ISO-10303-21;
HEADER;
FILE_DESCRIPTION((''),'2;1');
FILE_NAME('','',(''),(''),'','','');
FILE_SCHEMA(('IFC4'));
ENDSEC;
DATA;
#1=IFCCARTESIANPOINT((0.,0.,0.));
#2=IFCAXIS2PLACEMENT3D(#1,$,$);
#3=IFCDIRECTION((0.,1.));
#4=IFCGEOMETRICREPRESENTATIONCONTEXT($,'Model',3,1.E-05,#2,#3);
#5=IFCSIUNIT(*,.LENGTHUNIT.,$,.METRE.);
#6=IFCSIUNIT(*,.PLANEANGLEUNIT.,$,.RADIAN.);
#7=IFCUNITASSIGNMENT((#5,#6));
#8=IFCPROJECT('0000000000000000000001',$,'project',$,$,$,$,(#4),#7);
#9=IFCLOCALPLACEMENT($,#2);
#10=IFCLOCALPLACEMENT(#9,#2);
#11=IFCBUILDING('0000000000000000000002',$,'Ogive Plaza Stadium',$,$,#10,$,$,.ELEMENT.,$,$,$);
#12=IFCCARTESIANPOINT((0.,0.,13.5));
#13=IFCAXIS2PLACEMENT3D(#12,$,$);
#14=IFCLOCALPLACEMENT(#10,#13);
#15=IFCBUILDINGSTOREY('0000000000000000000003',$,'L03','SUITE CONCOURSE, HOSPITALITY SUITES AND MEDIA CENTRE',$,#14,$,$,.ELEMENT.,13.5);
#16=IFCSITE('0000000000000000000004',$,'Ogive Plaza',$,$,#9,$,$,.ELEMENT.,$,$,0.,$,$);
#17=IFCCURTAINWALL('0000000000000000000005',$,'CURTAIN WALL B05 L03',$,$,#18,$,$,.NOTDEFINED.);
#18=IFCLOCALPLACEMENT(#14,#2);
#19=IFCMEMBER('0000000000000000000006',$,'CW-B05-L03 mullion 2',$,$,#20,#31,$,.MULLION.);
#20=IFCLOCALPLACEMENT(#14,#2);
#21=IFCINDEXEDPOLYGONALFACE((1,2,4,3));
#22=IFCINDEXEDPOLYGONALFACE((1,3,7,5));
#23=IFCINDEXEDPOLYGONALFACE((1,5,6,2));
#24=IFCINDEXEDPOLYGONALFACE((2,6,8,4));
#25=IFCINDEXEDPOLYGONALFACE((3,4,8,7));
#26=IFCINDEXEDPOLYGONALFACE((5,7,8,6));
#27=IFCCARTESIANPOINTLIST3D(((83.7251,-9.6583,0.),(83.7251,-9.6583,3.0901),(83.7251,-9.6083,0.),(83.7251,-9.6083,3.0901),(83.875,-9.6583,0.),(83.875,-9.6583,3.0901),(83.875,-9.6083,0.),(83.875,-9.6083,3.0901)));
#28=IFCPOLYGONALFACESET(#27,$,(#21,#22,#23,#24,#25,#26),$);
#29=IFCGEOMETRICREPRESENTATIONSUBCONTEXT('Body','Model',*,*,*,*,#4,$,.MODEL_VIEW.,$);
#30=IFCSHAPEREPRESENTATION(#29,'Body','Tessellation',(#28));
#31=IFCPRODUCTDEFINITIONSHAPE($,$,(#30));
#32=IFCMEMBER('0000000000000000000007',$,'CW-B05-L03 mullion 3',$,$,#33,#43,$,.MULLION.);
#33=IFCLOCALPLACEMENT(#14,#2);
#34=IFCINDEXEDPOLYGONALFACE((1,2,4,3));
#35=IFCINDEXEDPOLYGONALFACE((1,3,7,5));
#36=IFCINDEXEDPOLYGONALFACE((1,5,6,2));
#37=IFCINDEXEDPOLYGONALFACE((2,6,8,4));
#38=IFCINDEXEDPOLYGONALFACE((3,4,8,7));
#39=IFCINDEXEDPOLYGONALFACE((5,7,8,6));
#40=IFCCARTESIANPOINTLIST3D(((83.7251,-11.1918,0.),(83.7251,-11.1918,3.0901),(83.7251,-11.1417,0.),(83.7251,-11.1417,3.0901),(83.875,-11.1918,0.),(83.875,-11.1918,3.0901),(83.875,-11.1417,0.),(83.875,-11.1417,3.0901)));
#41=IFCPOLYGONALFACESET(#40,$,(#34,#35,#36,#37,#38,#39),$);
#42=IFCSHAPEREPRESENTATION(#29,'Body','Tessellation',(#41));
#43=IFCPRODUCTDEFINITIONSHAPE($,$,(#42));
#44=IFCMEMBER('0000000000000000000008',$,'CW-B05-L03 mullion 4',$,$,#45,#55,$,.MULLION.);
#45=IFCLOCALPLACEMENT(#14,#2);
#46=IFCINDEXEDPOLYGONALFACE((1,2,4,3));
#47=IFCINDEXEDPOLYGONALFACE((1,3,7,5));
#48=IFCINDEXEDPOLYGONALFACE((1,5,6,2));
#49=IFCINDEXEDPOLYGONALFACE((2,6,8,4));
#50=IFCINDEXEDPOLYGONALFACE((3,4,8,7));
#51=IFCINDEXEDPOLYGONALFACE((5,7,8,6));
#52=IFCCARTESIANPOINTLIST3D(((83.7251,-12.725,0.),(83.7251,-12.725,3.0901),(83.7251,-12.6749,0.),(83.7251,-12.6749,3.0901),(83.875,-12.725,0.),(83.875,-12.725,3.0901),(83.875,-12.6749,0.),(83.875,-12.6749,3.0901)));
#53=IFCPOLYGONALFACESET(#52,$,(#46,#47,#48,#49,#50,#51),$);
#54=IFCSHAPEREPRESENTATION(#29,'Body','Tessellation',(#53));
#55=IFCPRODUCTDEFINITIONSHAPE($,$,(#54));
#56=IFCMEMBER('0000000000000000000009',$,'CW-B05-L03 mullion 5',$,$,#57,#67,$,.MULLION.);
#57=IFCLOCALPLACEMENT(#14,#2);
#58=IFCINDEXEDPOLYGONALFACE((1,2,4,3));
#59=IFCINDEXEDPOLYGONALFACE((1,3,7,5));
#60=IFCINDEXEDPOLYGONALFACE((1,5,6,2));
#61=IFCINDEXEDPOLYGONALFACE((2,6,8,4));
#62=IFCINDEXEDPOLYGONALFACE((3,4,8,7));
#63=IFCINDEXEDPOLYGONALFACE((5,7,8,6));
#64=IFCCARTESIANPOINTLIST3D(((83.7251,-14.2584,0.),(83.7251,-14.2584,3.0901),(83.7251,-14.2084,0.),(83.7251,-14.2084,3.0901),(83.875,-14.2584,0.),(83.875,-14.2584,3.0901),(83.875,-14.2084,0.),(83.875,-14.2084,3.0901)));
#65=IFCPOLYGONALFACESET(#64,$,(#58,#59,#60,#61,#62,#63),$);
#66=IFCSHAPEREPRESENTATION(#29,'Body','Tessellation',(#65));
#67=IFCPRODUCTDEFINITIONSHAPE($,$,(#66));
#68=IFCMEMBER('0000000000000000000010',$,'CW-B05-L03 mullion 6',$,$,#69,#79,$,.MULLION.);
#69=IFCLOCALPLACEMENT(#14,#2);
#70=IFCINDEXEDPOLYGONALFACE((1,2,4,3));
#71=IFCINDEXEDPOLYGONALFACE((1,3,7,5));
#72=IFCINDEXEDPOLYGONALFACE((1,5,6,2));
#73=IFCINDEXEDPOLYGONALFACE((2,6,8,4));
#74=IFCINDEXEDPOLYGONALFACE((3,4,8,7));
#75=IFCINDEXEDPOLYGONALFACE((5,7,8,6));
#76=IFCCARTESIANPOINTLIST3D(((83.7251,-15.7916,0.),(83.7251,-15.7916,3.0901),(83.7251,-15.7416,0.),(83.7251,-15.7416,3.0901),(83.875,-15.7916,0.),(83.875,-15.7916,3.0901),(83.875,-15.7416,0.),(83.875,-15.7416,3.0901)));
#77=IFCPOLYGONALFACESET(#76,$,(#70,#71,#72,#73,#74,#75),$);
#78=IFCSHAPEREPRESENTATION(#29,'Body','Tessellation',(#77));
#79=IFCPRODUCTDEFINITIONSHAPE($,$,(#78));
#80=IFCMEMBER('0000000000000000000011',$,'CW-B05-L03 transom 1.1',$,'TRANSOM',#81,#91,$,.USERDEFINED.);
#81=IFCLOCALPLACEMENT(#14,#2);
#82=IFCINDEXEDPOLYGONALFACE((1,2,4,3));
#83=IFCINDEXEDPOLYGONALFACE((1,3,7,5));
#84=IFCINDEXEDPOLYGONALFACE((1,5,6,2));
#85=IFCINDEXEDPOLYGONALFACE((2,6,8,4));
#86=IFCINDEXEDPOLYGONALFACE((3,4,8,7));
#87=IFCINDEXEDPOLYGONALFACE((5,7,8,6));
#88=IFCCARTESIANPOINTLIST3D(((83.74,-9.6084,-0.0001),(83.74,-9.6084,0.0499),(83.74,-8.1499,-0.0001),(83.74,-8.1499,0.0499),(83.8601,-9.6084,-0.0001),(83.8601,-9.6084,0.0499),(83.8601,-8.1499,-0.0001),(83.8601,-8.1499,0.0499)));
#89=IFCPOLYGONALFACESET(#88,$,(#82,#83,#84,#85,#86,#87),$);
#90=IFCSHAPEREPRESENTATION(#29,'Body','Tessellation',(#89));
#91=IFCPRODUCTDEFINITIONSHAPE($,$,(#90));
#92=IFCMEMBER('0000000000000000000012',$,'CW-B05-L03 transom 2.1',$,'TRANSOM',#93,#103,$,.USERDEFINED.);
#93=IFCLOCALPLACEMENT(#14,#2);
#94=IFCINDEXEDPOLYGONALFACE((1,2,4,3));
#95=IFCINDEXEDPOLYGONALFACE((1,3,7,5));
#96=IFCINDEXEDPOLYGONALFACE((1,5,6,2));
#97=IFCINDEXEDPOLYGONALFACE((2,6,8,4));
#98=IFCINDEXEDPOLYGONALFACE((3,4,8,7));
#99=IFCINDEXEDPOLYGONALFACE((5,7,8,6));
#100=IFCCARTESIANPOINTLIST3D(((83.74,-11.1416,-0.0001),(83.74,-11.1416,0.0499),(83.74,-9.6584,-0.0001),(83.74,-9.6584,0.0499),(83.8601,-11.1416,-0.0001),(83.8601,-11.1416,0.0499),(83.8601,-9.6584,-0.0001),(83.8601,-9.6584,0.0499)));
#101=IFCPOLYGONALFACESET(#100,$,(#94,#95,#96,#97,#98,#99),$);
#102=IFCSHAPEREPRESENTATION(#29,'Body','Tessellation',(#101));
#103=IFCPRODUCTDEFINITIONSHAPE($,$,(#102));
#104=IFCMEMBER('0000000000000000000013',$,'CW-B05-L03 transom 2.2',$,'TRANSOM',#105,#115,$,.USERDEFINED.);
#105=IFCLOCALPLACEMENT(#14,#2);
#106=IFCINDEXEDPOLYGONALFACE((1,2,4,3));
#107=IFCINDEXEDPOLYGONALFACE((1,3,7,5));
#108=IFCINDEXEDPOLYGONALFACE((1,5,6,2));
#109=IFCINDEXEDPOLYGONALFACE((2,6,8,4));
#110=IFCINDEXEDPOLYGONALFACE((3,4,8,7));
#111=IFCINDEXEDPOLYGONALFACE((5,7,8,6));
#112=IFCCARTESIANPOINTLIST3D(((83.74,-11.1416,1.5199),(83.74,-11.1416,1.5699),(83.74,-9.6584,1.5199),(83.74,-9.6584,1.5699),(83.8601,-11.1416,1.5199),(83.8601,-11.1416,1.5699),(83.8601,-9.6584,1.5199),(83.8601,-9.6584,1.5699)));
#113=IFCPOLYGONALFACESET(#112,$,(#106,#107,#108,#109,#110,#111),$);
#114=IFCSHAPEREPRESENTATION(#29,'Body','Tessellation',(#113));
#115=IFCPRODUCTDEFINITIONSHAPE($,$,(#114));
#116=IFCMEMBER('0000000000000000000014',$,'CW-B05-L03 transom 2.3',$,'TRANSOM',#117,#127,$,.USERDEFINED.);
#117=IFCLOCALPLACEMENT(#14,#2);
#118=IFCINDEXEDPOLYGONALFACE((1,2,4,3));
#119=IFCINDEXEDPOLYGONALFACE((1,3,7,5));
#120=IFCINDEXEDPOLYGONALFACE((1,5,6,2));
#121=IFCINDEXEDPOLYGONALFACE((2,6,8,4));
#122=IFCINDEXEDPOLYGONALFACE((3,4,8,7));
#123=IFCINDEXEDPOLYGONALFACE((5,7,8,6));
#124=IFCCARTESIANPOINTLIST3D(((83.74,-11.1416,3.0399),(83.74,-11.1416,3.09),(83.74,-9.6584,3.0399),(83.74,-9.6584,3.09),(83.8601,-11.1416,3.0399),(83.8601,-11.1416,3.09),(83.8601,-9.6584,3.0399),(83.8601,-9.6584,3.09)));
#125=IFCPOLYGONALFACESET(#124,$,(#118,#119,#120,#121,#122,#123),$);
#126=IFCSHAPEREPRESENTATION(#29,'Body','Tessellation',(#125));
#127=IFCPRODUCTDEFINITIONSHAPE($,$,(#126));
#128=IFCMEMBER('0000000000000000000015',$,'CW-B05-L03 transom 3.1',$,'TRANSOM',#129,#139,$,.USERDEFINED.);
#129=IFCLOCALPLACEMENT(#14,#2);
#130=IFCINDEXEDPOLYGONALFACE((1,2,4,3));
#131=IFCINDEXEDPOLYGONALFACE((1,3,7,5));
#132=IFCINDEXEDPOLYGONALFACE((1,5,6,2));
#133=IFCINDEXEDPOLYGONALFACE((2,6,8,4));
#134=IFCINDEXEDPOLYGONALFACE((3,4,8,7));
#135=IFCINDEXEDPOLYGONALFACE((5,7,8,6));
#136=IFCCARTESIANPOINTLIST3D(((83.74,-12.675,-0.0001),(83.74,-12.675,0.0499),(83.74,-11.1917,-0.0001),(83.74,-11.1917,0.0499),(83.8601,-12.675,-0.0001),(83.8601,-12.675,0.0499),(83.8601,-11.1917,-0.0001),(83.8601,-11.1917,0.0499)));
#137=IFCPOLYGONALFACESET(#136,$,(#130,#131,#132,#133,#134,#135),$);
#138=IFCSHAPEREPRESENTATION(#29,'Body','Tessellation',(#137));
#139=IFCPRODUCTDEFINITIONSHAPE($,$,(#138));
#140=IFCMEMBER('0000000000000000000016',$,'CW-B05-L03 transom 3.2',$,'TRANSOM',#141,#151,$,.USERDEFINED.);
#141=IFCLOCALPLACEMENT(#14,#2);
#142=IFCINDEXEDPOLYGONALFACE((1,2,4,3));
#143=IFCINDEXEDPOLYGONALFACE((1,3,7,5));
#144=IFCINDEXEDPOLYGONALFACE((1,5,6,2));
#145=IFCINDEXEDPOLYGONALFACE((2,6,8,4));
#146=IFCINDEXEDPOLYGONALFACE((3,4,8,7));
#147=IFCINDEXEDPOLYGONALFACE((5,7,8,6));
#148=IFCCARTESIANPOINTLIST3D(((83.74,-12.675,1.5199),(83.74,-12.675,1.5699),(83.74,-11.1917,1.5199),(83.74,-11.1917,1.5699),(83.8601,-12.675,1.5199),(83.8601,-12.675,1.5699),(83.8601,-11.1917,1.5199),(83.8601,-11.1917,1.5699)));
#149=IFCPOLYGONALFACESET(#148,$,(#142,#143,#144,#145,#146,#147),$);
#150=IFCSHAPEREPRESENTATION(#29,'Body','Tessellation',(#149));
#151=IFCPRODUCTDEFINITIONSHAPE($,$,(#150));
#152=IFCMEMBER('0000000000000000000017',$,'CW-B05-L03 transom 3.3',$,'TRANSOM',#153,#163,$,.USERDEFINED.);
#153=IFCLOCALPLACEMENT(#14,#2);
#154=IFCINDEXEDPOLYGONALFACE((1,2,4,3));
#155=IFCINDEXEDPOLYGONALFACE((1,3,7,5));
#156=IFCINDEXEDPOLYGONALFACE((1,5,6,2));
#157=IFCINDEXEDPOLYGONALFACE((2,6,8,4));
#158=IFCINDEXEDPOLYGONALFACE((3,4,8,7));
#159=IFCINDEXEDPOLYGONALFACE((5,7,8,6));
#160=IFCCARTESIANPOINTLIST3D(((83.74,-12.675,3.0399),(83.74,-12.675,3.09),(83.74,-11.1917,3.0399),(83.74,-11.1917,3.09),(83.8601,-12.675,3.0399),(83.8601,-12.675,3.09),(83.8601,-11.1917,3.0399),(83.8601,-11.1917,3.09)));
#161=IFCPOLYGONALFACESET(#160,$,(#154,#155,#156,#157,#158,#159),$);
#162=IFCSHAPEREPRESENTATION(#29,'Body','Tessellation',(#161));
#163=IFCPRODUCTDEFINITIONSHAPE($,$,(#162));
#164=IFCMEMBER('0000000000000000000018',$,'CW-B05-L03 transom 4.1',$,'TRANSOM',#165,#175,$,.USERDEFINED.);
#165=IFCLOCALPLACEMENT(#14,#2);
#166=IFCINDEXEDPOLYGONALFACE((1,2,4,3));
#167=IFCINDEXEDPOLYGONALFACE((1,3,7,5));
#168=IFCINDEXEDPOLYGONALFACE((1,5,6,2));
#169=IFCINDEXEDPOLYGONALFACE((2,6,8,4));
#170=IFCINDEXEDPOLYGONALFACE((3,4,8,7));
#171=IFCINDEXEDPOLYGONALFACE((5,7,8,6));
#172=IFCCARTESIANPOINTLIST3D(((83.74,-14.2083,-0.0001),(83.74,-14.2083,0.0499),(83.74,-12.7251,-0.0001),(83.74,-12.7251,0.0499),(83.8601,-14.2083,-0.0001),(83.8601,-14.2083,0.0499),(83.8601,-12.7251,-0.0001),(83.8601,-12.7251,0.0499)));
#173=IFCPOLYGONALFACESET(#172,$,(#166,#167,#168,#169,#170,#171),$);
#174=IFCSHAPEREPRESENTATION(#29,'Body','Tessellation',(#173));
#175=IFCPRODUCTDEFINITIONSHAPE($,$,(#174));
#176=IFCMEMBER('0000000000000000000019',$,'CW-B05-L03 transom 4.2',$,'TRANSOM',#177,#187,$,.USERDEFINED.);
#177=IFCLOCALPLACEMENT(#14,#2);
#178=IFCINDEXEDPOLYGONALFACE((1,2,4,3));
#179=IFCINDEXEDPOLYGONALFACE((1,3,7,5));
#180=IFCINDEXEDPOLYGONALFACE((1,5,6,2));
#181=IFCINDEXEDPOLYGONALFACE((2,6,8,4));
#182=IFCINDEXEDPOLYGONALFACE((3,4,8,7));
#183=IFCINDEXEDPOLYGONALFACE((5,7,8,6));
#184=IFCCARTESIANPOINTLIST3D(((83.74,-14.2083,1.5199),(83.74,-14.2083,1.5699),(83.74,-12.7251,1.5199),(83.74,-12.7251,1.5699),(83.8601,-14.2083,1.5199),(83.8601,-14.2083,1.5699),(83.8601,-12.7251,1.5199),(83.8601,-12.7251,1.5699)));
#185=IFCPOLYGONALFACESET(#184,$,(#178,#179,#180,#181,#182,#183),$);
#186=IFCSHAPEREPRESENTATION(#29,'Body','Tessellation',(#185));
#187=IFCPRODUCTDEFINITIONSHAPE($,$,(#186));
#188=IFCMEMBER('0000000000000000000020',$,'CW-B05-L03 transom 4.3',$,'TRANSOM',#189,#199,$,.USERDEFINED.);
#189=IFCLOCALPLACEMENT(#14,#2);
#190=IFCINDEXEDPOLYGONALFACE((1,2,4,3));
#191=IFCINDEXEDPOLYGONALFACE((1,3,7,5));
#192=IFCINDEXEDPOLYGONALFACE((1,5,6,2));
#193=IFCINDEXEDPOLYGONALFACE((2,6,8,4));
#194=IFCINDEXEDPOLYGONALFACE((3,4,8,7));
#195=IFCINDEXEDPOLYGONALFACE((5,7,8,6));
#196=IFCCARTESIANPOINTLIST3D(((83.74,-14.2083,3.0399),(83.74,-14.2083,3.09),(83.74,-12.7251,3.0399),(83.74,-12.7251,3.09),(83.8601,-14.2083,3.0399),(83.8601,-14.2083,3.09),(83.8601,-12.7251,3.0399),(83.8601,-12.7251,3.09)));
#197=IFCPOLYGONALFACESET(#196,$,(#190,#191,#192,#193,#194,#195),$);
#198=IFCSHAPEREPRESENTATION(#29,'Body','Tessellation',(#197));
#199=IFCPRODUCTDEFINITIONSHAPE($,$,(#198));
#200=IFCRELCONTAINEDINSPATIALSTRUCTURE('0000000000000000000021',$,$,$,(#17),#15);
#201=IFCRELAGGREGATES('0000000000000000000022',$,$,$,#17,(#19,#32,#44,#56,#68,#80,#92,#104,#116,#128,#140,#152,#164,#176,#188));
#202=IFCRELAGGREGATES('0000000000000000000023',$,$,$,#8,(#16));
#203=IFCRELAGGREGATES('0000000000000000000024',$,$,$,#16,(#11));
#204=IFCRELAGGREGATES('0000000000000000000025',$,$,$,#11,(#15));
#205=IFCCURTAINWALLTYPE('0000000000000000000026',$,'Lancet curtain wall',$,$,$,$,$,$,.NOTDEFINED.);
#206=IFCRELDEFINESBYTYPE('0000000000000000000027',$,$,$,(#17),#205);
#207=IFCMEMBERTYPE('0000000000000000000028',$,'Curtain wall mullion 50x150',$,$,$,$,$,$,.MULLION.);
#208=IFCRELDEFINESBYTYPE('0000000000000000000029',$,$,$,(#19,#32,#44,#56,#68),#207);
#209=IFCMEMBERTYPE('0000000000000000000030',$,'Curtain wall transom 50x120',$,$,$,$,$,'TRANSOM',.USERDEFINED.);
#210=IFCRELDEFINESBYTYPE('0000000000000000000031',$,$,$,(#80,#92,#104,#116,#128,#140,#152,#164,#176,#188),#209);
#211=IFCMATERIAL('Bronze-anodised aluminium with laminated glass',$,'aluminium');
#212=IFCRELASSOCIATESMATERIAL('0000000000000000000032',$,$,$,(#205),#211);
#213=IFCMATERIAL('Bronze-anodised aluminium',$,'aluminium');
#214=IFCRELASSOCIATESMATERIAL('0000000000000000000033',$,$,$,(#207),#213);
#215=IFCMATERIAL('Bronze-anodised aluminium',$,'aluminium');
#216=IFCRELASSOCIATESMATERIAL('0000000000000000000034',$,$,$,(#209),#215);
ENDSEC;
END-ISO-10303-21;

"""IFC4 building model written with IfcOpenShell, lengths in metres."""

from ifc_helpers import new_model, si_unit, direction, frame, origin, origin_2d, place, context, subcontext, project, spatial, rectangle, extrude, material, material_profile, profile_set, type_object, element, aggregate, save


model = new_model("IFC4")

# Units and contexts
model_context = context("Model", 3, precision=1e-05, world=origin(), true_north=direction((0.0, 1.0)))
body_context = subcontext(model_context, "Body", "Model", "MODEL_VIEW")
ifc_project = project(units=[si_unit("LENGTHUNIT", "METRE"), si_unit("PLANEANGLEUNIT", "RADIAN")], contexts=[model_context])

# Site, building, storey
site_placement = place(None, origin())
site = spatial("IfcSite", under=ifc_project, at=site_placement, Name="Ogive Plaza", CompositionType="ELEMENT", RefElevation=0.0)
building_placement = place(site_placement, origin())
building = spatial("IfcBuilding", under=site, at=building_placement, Name="Ogive Plaza Stadium", CompositionType="ELEMENT")
storey_placement = place(building_placement, frame((0.0, 0.0, 13.5)))
storey = spatial("IfcBuildingStorey", under=building, at=storey_placement, Name="L03", Description="SUITE CONCOURSE, HOSPITALITY SUITES AND MEDIA CENTRE", CompositionType="ELEMENT", Elevation=13.5)

# Curtain wall, members
ifc_material_1 = material(Name="Bronze-anodised aluminium with laminated glass", Category="aluminium")
curtain_wall_type = type_object("IfcCurtainWallType", Name="Lancet curtain wall", PredefinedType="NOTDEFINED", material=ifc_material_1)
curtain_wall_placement = place(storey_placement, origin())
curtain_wall = element("IfcCurtainWall", 1, at=curtain_wall_placement, inside=storey, type_object=curtain_wall_type, Name="CURTAIN WALL B05 L03", PredefinedType="NOTDEFINED")
ifc_material_2 = material(Name="Bronze-anodised aluminium", Category="aluminium")
ifc_material_profile_1 = material_profile(ifc_material_2, rectangle(XDim=0.1499, YDim=0.05, at=origin_2d()), Name="AL 150x50")
ifc_profile_set_1 = profile_set([ifc_material_profile_1], Name="Bronze-anodised aluminium")
member_type_1 = type_object("IfcMemberType", Name="Curtain wall mullion 50x150", PredefinedType="MULLION", material=ifc_profile_set_1)
member_1_placement = place(storey_placement, frame((83.8, -9.6333, 0.0), z_axis=(0.0, 0.0, 1.0), x_axis=(1.0, 0.0, 0.0)))
member_1 = element("IfcMember", 2, at=member_1_placement, type_object=member_type_1, Name="CW-B05-L03 mullion 2", PredefinedType="MULLION", context=body_context, shape_type="SweptSolid", body=[
    extrude(rectangle(XDim=0.1499, YDim=0.05, at=origin_2d()), origin(), (0.0, 0.0, 1.0), 3.0901),
])
member_2_placement = place(storey_placement, frame((83.8, -11.1667, 0.0), z_axis=(0.0, 0.0, 1.0), x_axis=(1.0, 0.0, 0.0)))
member_2 = element("IfcMember", 3, at=member_2_placement, type_object=member_type_1, Name="CW-B05-L03 mullion 3", PredefinedType="MULLION", context=body_context, shape_type="SweptSolid", body=[
    extrude(rectangle(XDim=0.1499, YDim=0.05, at=origin_2d()), origin(), (0.0, 0.0, 1.0), 3.0901),
])
member_3_placement = place(storey_placement, frame((83.8, -12.7, 0.0), z_axis=(0.0, 0.0, 1.0), x_axis=(1.0, 0.0, 0.0)))
member_3 = element("IfcMember", 4, at=member_3_placement, type_object=member_type_1, Name="CW-B05-L03 mullion 4", PredefinedType="MULLION", context=body_context, shape_type="SweptSolid", body=[
    extrude(rectangle(XDim=0.1499, YDim=0.05, at=origin_2d()), origin(), (0.0, 0.0, 1.0), 3.0901),
])
member_4_placement = place(storey_placement, frame((83.8, -14.2334, 0.0), z_axis=(0.0, 0.0, 1.0), x_axis=(1.0, 0.0, 0.0)))
member_4 = element("IfcMember", 5, at=member_4_placement, type_object=member_type_1, Name="CW-B05-L03 mullion 5", PredefinedType="MULLION", context=body_context, shape_type="SweptSolid", body=[
    extrude(rectangle(XDim=0.1499, YDim=0.05, at=origin_2d()), origin(), (0.0, 0.0, 1.0), 3.0901),
])
member_5_placement = place(storey_placement, frame((83.8, -15.7666, 0.0), z_axis=(0.0, 0.0, 1.0), x_axis=(1.0, 0.0, 0.0)))
member_5 = element("IfcMember", 6, at=member_5_placement, type_object=member_type_1, Name="CW-B05-L03 mullion 6", PredefinedType="MULLION", context=body_context, shape_type="SweptSolid", body=[
    extrude(rectangle(XDim=0.1499, YDim=0.05, at=origin_2d()), origin(), (0.0, 0.0, 1.0), 3.0901),
])
ifc_material_3 = material(Name="Bronze-anodised aluminium", Category="aluminium")
ifc_material_profile_2 = material_profile(ifc_material_3, rectangle(XDim=0.1201, YDim=0.05, at=origin_2d()), Name="AL 120x50")
ifc_profile_set_2 = profile_set([ifc_material_profile_2], Name="Bronze-anodised aluminium")
member_type_2 = type_object("IfcMemberType", Name="Curtain wall transom 50x120", ElementType="TRANSOM", PredefinedType="USERDEFINED", material=ifc_profile_set_2)
member_6_placement = place(storey_placement, frame((83.8, -8.1499, 0.0249), z_axis=(0.0, -1.0, 0.0), x_axis=(1.0, 0.0, 0.0)))
member_6 = element("IfcMember", 7, at=member_6_placement, type_object=member_type_2, Name="CW-B05-L03 transom 1.1", ObjectType="TRANSOM", PredefinedType="USERDEFINED", context=body_context, shape_type="SweptSolid", body=[
    extrude(rectangle(XDim=0.1201, YDim=0.05, at=origin_2d()), origin(), (0.0, 0.0, 1.0), 1.4585),
])
member_7_placement = place(storey_placement, frame((83.8, -9.6584, 0.0249), z_axis=(0.0, -1.0, 0.0), x_axis=(1.0, 0.0, 0.0)))
member_7 = element("IfcMember", 8, at=member_7_placement, type_object=member_type_2, Name="CW-B05-L03 transom 2.1", ObjectType="TRANSOM", PredefinedType="USERDEFINED", context=body_context, shape_type="SweptSolid", body=[
    extrude(rectangle(XDim=0.1201, YDim=0.05, at=origin_2d()), origin(), (0.0, 0.0, 1.0), 1.4832),
])
member_8_placement = place(storey_placement, frame((83.8, -9.6584, 1.5449), z_axis=(0.0, -1.0, 0.0), x_axis=(1.0, 0.0, 0.0)))
member_8 = element("IfcMember", 9, at=member_8_placement, type_object=member_type_2, Name="CW-B05-L03 transom 2.2", ObjectType="TRANSOM", PredefinedType="USERDEFINED", context=body_context, shape_type="SweptSolid", body=[
    extrude(rectangle(XDim=0.1201, YDim=0.05, at=origin_2d()), origin(), (0.0, 0.0, 1.0), 1.4832),
])
member_9_placement = place(storey_placement, frame((83.8, -9.6584, 3.0649), z_axis=(0.0, -1.0, 0.0), x_axis=(1.0, 0.0, 0.0)))
member_9 = element("IfcMember", 10, at=member_9_placement, type_object=member_type_2, Name="CW-B05-L03 transom 2.3", ObjectType="TRANSOM", PredefinedType="USERDEFINED", context=body_context, shape_type="SweptSolid", body=[
    extrude(rectangle(XDim=0.1201, YDim=0.05, at=origin_2d()), origin(), (0.0, 0.0, 1.0), 1.4832),
])
member_10_placement = place(storey_placement, frame((83.8, -11.1917, 0.0249), z_axis=(0.0, -1.0, 0.0), x_axis=(1.0, 0.0, 0.0)))
member_10 = element("IfcMember", 11, at=member_10_placement, type_object=member_type_2, Name="CW-B05-L03 transom 3.1", ObjectType="TRANSOM", PredefinedType="USERDEFINED", context=body_context, shape_type="SweptSolid", body=[
    extrude(rectangle(XDim=0.1201, YDim=0.05, at=origin_2d()), origin(), (0.0, 0.0, 1.0), 1.4834),
])
member_11_placement = place(storey_placement, frame((83.8, -11.1917, 1.5449), z_axis=(0.0, -1.0, 0.0), x_axis=(1.0, 0.0, 0.0)))
member_11 = element("IfcMember", 12, at=member_11_placement, type_object=member_type_2, Name="CW-B05-L03 transom 3.2", ObjectType="TRANSOM", PredefinedType="USERDEFINED", context=body_context, shape_type="SweptSolid", body=[
    extrude(rectangle(XDim=0.1201, YDim=0.05, at=origin_2d()), origin(), (0.0, 0.0, 1.0), 1.4834),
])
member_12_placement = place(storey_placement, frame((83.8, -11.1917, 3.0649), z_axis=(0.0, -1.0, 0.0), x_axis=(1.0, 0.0, 0.0)))
member_12 = element("IfcMember", 13, at=member_12_placement, type_object=member_type_2, Name="CW-B05-L03 transom 3.3", ObjectType="TRANSOM", PredefinedType="USERDEFINED", context=body_context, shape_type="SweptSolid", body=[
    extrude(rectangle(XDim=0.1201, YDim=0.05, at=origin_2d()), origin(), (0.0, 0.0, 1.0), 1.4834),
])
member_13_placement = place(storey_placement, frame((83.8, -12.7251, 0.0249), z_axis=(0.0, -1.0, 0.0), x_axis=(1.0, 0.0, 0.0)))
member_13 = element("IfcMember", 14, at=member_13_placement, type_object=member_type_2, Name="CW-B05-L03 transom 4.1", ObjectType="TRANSOM", PredefinedType="USERDEFINED", context=body_context, shape_type="SweptSolid", body=[
    extrude(rectangle(XDim=0.1201, YDim=0.05, at=origin_2d()), origin(), (0.0, 0.0, 1.0), 1.4832),
])
member_14_placement = place(storey_placement, frame((83.8, -12.7251, 1.5449), z_axis=(0.0, -1.0, 0.0), x_axis=(1.0, 0.0, 0.0)))
member_14 = element("IfcMember", 15, at=member_14_placement, type_object=member_type_2, Name="CW-B05-L03 transom 4.2", ObjectType="TRANSOM", PredefinedType="USERDEFINED", context=body_context, shape_type="SweptSolid", body=[
    extrude(rectangle(XDim=0.1201, YDim=0.05, at=origin_2d()), origin(), (0.0, 0.0, 1.0), 1.4832),
])
member_15_placement = place(storey_placement, frame((83.8, -12.7251, 3.0649), z_axis=(0.0, -1.0, 0.0), x_axis=(1.0, 0.0, 0.0)))
member_15 = element("IfcMember", 16, at=member_15_placement, type_object=member_type_2, Name="CW-B05-L03 transom 4.3", ObjectType="TRANSOM", PredefinedType="USERDEFINED", context=body_context, shape_type="SweptSolid", body=[
    extrude(rectangle(XDim=0.1201, YDim=0.05, at=origin_2d()), origin(), (0.0, 0.0, 1.0), 1.4832),
])
aggregate(curtain_wall, [member_1, member_2, member_3, member_4, member_5, member_6, member_7, member_8, member_9, member_10, member_11, member_12, member_13, member_14, member_15])

save(model, "model.ifc")
